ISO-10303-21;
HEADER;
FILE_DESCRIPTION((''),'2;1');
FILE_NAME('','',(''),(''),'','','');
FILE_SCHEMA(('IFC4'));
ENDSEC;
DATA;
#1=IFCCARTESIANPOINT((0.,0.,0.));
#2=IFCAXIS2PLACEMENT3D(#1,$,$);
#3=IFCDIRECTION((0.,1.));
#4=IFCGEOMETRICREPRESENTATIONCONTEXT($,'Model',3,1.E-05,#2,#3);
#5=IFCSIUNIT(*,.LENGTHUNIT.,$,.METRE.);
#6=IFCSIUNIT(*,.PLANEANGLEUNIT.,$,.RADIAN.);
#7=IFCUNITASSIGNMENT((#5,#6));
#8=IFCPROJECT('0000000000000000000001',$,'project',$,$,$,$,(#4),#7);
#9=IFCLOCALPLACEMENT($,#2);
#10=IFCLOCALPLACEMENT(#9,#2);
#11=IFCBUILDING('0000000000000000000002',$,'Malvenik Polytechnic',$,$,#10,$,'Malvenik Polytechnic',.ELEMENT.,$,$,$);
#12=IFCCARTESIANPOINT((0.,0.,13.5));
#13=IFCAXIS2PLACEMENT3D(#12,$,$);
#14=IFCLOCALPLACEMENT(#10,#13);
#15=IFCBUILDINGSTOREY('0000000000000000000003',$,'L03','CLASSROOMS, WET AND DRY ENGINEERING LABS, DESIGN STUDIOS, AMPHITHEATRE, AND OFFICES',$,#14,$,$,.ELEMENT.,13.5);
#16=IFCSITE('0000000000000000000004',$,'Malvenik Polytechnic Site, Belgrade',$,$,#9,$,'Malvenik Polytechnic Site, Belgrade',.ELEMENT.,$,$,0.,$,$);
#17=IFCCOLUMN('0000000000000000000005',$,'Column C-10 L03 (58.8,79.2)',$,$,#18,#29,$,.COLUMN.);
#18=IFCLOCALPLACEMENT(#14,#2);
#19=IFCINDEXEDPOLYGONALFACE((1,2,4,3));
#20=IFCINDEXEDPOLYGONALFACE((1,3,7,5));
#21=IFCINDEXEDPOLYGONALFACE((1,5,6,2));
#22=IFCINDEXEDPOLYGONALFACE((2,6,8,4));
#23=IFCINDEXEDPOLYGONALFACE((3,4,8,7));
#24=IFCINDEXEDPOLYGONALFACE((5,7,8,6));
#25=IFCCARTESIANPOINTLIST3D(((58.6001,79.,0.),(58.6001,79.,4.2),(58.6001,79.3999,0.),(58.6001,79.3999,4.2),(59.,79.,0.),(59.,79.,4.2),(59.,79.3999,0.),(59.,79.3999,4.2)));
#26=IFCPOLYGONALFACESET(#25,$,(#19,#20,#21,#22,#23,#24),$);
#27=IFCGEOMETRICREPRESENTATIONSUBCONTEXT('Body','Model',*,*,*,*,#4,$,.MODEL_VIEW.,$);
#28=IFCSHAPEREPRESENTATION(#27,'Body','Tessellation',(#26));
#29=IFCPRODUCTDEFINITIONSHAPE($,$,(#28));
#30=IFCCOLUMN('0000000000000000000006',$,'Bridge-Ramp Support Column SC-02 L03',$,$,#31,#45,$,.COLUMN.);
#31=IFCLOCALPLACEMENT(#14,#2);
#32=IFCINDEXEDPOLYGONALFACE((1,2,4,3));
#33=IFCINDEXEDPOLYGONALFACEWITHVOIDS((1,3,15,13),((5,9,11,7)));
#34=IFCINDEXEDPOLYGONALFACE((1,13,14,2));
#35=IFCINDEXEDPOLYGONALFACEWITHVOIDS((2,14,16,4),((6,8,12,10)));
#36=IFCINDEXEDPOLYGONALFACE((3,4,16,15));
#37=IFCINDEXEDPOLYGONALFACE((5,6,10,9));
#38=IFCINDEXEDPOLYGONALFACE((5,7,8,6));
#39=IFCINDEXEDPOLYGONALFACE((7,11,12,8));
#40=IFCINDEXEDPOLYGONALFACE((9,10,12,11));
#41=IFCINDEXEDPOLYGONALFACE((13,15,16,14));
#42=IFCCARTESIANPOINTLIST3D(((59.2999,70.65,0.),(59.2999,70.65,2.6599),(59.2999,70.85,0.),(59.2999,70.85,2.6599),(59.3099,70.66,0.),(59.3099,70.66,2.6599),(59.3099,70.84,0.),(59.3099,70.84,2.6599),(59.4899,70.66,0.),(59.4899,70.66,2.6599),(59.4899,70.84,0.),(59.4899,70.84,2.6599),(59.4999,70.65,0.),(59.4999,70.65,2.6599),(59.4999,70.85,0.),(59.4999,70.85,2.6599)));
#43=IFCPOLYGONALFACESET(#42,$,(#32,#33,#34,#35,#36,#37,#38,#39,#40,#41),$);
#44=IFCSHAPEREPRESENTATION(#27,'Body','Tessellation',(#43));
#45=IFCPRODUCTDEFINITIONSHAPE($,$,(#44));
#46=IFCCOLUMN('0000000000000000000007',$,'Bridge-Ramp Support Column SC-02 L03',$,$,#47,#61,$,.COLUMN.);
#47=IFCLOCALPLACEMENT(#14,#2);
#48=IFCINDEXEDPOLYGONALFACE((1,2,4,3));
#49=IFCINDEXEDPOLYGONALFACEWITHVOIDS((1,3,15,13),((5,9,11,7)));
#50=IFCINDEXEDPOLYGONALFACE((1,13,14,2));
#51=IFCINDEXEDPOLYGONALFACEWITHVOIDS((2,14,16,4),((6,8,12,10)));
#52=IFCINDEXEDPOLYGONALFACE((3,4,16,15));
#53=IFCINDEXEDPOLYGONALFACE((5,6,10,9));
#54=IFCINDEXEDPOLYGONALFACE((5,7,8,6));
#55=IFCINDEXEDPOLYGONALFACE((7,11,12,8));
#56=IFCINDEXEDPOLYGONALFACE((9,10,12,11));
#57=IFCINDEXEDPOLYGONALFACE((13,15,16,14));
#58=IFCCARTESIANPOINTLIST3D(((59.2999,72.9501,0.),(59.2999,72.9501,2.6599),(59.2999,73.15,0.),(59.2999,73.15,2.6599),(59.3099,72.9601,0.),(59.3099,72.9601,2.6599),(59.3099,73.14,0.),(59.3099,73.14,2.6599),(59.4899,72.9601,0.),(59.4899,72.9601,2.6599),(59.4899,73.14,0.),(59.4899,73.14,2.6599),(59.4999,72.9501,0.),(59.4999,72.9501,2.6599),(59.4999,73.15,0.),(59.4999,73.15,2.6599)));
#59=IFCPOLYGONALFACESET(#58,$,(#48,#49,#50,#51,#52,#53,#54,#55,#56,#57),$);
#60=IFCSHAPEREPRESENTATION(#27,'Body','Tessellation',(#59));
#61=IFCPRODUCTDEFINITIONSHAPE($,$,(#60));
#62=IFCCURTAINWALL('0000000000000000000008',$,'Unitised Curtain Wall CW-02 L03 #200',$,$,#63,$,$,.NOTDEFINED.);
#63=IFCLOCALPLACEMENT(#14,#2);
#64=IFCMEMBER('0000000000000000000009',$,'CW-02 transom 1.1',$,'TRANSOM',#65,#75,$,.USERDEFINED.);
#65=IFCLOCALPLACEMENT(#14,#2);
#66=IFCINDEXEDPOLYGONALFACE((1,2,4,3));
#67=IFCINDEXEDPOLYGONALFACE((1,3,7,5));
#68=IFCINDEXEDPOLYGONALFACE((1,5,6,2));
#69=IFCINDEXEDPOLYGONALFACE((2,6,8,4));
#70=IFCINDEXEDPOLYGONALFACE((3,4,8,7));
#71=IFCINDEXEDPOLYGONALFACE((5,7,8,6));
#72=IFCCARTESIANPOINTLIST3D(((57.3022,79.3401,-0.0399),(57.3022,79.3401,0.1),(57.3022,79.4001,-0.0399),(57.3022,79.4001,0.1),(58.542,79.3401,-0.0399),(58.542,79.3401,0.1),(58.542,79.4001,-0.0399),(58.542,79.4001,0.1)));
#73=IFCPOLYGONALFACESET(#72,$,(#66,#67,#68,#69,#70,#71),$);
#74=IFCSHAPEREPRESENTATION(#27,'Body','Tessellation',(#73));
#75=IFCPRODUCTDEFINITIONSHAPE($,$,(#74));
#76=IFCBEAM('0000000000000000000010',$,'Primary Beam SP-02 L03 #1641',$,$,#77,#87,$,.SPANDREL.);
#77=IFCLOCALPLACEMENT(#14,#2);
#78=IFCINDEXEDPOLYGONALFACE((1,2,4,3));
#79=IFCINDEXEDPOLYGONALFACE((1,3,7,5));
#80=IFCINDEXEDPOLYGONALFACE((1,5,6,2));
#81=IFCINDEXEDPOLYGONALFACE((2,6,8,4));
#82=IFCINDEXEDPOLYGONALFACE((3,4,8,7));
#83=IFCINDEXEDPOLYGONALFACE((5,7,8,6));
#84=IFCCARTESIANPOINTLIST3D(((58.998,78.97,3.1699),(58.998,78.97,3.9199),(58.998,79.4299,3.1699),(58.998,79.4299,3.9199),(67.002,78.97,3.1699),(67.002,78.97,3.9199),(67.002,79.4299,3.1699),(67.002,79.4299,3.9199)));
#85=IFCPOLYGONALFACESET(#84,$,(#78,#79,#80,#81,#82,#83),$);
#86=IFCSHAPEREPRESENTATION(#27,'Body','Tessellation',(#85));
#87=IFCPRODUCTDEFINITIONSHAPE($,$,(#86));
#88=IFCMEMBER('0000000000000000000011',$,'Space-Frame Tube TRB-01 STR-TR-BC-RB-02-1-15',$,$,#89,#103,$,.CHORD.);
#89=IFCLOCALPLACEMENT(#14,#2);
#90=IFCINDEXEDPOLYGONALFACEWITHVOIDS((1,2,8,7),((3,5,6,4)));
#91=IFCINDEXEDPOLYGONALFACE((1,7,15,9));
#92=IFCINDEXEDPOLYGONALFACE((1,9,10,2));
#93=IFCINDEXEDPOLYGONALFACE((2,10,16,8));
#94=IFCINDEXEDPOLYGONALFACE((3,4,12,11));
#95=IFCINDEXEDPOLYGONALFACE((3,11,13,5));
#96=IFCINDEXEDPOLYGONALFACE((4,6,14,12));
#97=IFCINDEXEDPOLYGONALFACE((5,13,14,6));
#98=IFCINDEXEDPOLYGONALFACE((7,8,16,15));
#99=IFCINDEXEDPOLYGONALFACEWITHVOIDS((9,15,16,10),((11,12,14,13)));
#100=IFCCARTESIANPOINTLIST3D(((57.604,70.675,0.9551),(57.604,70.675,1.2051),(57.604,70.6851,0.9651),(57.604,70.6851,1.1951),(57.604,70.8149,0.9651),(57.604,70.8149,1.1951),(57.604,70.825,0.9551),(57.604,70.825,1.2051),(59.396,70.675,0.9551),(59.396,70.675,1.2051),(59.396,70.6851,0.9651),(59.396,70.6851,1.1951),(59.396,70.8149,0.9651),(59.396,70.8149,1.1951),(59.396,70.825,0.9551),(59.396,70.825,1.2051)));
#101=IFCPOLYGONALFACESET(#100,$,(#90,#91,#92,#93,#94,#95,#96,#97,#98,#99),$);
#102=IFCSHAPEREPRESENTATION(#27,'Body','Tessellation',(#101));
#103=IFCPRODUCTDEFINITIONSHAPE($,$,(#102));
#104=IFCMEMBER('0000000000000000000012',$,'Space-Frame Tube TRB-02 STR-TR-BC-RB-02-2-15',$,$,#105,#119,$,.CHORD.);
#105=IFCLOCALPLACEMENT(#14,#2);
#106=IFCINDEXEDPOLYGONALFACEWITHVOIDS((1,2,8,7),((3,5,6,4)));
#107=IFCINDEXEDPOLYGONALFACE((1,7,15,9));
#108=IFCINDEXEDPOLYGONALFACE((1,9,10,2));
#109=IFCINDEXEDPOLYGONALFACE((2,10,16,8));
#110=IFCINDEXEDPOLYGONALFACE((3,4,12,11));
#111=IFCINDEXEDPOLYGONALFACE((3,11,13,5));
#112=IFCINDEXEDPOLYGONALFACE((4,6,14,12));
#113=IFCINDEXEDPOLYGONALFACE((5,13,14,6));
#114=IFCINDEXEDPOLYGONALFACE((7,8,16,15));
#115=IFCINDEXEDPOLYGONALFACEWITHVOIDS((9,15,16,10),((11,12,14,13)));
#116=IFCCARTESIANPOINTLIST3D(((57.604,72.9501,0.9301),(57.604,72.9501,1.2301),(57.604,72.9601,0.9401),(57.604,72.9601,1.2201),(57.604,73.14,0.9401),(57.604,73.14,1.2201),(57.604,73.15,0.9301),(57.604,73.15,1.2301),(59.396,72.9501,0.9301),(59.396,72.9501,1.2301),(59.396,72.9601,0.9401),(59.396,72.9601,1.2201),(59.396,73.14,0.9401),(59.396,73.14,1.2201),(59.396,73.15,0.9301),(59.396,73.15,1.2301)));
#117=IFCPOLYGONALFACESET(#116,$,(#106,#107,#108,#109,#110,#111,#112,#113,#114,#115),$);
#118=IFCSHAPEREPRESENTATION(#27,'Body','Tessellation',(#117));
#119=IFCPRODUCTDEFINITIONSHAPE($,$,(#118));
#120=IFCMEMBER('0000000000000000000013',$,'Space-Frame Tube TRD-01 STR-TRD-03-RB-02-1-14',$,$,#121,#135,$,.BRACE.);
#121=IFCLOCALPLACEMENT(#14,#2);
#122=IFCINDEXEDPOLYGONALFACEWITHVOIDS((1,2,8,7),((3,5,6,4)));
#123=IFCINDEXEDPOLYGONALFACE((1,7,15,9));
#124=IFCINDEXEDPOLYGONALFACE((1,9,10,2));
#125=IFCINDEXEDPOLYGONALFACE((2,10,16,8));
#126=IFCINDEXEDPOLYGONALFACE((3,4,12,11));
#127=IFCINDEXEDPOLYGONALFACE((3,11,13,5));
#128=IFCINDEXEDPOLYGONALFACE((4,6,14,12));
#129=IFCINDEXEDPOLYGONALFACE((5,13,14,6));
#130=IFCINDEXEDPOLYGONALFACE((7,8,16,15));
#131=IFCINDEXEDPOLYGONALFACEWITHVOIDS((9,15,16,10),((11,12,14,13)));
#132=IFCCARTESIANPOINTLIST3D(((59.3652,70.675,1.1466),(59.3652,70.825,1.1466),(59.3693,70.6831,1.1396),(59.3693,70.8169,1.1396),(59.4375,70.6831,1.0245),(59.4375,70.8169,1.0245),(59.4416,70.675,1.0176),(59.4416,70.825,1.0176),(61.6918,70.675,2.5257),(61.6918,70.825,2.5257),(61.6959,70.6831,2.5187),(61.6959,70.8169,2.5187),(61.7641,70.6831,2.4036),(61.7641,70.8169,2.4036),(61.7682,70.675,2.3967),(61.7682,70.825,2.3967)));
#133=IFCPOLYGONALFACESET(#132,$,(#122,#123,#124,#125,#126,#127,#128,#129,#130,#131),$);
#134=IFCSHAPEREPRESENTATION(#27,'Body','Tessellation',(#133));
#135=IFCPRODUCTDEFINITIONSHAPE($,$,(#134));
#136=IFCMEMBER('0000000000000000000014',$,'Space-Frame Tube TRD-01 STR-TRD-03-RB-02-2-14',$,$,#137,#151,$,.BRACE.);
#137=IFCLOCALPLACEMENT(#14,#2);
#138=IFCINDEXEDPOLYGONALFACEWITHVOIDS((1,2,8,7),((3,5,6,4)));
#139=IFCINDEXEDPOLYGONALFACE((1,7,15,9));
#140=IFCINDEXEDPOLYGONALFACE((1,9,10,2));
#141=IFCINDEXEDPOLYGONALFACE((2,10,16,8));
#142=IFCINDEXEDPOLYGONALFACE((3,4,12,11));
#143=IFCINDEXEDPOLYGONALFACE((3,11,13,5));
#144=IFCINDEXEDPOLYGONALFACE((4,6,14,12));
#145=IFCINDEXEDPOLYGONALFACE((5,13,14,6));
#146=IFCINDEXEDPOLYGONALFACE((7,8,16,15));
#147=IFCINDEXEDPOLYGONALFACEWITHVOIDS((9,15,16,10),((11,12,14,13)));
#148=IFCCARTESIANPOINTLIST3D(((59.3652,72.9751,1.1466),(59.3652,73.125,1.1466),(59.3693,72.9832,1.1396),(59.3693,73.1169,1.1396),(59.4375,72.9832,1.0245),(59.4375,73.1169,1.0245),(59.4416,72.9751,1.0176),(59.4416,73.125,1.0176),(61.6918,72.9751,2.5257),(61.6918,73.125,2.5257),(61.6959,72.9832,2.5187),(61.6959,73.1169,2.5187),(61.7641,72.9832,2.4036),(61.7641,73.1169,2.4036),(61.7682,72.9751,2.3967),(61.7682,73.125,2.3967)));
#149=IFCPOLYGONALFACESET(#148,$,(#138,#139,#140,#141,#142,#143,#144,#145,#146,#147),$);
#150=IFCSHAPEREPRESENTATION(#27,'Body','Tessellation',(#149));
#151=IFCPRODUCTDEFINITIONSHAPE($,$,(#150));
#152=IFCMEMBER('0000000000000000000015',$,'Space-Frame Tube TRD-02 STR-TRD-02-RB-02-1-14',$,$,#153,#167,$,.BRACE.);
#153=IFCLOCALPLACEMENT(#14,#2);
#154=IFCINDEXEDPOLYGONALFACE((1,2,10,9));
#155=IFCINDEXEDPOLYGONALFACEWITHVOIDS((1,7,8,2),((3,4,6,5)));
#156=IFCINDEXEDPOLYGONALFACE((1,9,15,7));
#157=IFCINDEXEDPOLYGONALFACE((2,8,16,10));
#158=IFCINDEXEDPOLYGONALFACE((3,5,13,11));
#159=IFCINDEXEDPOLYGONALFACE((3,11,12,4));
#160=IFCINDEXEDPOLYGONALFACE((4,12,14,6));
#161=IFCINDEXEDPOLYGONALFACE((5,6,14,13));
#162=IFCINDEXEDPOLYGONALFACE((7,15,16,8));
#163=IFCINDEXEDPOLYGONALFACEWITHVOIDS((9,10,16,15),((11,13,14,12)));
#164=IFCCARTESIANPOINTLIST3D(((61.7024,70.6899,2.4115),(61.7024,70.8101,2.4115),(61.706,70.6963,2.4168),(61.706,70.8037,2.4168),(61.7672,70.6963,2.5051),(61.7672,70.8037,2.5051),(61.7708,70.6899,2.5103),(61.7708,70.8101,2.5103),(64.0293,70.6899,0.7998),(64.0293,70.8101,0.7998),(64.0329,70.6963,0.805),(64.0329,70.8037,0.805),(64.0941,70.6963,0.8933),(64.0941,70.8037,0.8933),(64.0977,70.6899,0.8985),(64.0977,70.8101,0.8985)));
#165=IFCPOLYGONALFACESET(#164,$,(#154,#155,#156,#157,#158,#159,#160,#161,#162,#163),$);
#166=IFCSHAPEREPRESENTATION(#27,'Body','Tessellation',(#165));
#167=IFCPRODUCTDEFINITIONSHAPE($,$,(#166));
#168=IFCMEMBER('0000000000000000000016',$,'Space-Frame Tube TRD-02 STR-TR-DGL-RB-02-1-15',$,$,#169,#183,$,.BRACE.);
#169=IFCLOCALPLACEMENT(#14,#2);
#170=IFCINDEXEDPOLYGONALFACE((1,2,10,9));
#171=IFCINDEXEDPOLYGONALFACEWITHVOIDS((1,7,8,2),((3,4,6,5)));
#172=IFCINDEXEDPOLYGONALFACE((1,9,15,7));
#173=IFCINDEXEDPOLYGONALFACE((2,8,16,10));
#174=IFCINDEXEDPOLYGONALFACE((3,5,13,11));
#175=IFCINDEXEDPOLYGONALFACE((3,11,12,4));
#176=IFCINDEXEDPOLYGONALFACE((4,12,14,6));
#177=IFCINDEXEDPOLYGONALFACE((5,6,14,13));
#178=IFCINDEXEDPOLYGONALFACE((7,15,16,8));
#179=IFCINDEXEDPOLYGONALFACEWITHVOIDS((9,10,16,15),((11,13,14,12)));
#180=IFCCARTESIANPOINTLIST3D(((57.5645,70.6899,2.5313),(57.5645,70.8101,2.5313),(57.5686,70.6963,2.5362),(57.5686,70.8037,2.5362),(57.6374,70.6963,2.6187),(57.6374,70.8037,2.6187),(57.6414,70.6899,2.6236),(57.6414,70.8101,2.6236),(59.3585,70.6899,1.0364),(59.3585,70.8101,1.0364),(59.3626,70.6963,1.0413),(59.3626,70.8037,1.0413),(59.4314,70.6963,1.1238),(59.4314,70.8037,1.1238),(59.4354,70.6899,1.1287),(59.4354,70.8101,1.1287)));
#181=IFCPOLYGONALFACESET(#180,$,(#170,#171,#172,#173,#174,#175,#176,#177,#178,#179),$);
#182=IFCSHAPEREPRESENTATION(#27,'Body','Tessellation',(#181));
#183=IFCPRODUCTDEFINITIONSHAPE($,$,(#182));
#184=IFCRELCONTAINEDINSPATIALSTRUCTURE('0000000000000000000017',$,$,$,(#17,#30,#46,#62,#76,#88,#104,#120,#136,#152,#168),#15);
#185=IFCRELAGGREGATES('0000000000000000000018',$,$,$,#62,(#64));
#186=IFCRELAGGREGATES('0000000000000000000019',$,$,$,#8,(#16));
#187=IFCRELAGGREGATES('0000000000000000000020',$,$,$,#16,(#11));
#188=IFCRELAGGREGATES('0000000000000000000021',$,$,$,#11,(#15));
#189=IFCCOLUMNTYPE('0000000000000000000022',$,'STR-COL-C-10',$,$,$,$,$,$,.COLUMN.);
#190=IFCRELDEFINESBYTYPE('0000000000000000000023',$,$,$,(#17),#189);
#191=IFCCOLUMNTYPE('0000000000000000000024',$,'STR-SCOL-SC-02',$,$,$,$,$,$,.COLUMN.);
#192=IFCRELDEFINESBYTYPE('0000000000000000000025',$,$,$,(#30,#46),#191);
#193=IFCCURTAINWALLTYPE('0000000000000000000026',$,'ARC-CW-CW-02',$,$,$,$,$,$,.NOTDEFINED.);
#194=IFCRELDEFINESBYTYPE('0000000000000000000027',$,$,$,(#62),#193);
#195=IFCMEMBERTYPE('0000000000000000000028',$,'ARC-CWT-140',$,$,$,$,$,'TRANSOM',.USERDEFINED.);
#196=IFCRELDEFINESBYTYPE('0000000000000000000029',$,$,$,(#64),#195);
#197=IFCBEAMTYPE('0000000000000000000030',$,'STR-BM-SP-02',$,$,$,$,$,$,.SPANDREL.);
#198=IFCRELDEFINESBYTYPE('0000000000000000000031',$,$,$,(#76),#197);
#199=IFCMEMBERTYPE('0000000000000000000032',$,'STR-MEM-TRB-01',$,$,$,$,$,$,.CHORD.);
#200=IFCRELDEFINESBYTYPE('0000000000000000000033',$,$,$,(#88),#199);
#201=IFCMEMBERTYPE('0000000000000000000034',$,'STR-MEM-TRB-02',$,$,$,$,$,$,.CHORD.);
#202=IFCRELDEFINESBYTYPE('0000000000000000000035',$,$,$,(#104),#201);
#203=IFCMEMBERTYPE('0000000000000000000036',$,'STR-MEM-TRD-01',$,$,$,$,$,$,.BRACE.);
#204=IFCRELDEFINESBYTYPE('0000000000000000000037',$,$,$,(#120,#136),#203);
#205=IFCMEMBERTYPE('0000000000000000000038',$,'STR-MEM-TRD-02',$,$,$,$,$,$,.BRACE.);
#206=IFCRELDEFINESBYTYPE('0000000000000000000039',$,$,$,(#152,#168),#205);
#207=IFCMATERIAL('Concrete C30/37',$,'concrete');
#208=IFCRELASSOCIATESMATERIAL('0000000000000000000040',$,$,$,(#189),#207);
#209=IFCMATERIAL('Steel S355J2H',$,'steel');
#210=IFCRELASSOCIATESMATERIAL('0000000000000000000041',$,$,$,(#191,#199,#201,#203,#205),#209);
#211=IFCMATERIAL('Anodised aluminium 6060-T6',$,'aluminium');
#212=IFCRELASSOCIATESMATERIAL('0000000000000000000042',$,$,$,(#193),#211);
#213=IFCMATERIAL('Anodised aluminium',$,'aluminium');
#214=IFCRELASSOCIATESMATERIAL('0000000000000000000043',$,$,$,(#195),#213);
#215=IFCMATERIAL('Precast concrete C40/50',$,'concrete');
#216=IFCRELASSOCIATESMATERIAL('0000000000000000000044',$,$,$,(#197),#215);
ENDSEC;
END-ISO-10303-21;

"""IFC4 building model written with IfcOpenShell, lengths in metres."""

from ifc_helpers import new_model, si_unit, direction, frame, origin, origin_2d, place, context, subcontext, project, spatial, rectangle, hollow_rectangle, extrude, material, material_profile, profile_set, type_object, element, aggregate, save


model = new_model("IFC4")

# Units and contexts
model_context = context("Model", 3, precision=1e-05, world=origin(), true_north=direction((0.0, 1.0)))
body_context = subcontext(model_context, "Body", "Model", "MODEL_VIEW")
ifc_project = project(units=[si_unit("LENGTHUNIT", "METRE"), si_unit("PLANEANGLEUNIT", "RADIAN")], contexts=[model_context])

# Site, building, storey
site_placement = place(None, origin())
site = spatial("IfcSite", under=ifc_project, at=site_placement, Name="Malvenik Polytechnic Site, Belgrade", LongName="Malvenik Polytechnic Site, Belgrade", CompositionType="ELEMENT", RefElevation=0.0)
building_placement = place(site_placement, origin())
building = spatial("IfcBuilding", under=site, at=building_placement, Name="Malvenik Polytechnic", LongName="Malvenik Polytechnic", CompositionType="ELEMENT")
storey_placement = place(building_placement, frame((0.0, 0.0, 13.5)))
storey = spatial("IfcBuildingStorey", under=building, at=storey_placement, Name="L03", Description="CLASSROOMS, WET AND DRY ENGINEERING LABS, DESIGN STUDIOS, AMPHITHEATRE, AND OFFICES", CompositionType="ELEMENT", Elevation=13.5)

# Columns
ifc_material_1 = material(Name="Concrete C30/37", Category="concrete")
ifc_material_profile_1 = material_profile(ifc_material_1, rectangle(XDim=0.3999, YDim=0.3999, at=origin_2d()), Name="RC COL 400x400")
ifc_profile_set_1 = profile_set([ifc_material_profile_1], Name="Concrete C30/37")
column_type_1 = type_object("IfcColumnType", Name="STR-COL-C-10", PredefinedType="COLUMN", material=ifc_profile_set_1)
column_placement = place(storey_placement, frame((58.8, 79.2, 0.0), z_axis=(0.0, 0.0, 1.0), x_axis=(1.0, 0.0, 0.0)))
element("IfcColumn", 1, at=column_placement, inside=storey, type_object=column_type_1, Name="Column C-10 L03 (58.8,79.2)", PredefinedType="COLUMN", context=body_context, shape_type="SweptSolid", body=[
    extrude(rectangle(XDim=0.3999, YDim=0.3999, at=origin_2d()), origin(), (0.0, 0.0, 1.0), 4.2),
])
ifc_material_2 = material(Name="Steel S355J2H", Category="steel")
ifc_material_profile_2 = material_profile(ifc_material_2, hollow_rectangle(XDim=0.2, YDim=0.2, WallThickness=0.01, at=origin_2d()), Name="SHS 200x200x10.0")
ifc_profile_set_2 = profile_set([ifc_material_profile_2], Name="Steel S355J2H")
column_type_2 = type_object("IfcColumnType", Name="STR-SCOL-SC-02", PredefinedType="COLUMN", material=ifc_profile_set_2)
for number, where, z_axis, x_axis, name in (
    (2, (59.3999, 70.75, 0.0), (0.0, 0.0, 1.0), (1.0, 0.0, 0.0), "Bridge-Ramp Support Column SC-02 L03"),
    (3, (59.3999, 73.05, 0.0), (0.0, 0.0, 1.0), (1.0, 0.0, 0.0), "Bridge-Ramp Support Column SC-02 L03"),
):
    element("IfcColumn", number, at=place(storey_placement, frame(where, z_axis=z_axis, x_axis=x_axis)), inside=storey, type_object=column_type_2, Name=name, PredefinedType="COLUMN", context=body_context, shape_type="SweptSolid", body=[
        extrude(hollow_rectangle(XDim=0.2, YDim=0.2, WallThickness=0.01, at=origin_2d()), origin(), (0.0, 0.0, 1.0), 2.6599),
    ])

# Curtain wall, member
ifc_material_3 = material(Name="Anodised aluminium 6060-T6", Category="aluminium")
curtain_wall_type = type_object("IfcCurtainWallType", Name="ARC-CW-CW-02", PredefinedType="NOTDEFINED", material=ifc_material_3)
curtain_wall_placement = place(storey_placement, origin())
curtain_wall = element("IfcCurtainWall", 4, at=curtain_wall_placement, inside=storey, type_object=curtain_wall_type, Name="Unitised Curtain Wall CW-02 L03 #200", PredefinedType="NOTDEFINED")
ifc_material_4 = material(Name="Anodised aluminium", Category="aluminium")
ifc_material_profile_3 = material_profile(ifc_material_4, rectangle(XDim=0.0601, YDim=0.1399, at=origin_2d()), Name="ALU TRANSOM 60x140")
ifc_profile_set_3 = profile_set([ifc_material_profile_3], Name="Anodised aluminium")
member_type_1 = type_object("IfcMemberType", Name="ARC-CWT-140", ElementType="TRANSOM", PredefinedType="USERDEFINED", material=ifc_profile_set_3)
member_1_placement = place(storey_placement, frame((58.542, 79.3701, 0.03), z_axis=(-1.0, 0.0, 0.0), x_axis=(0.0, -1.0, 0.0)))
member_1 = element("IfcMember", 5, at=member_1_placement, type_object=member_type_1, Name="CW-02 transom 1.1", ObjectType="TRANSOM", PredefinedType="USERDEFINED", context=body_context, shape_type="SweptSolid", body=[
    extrude(rectangle(XDim=0.0601, YDim=0.1399, at=origin_2d()), origin(), (0.0, 0.0, 1.0), 1.2397),
])

# Beam
ifc_material_5 = material(Name="Precast concrete C40/50", Category="concrete")
ifc_material_profile_4 = material_profile(ifc_material_5, rectangle(XDim=0.46, YDim=0.75, at=origin_2d()), Name="PC SPN 460x750")
ifc_profile_set_4 = profile_set([ifc_material_profile_4], Name="Precast concrete C40/50")
beam_type = type_object("IfcBeamType", Name="STR-BM-SP-02", PredefinedType="SPANDREL", material=ifc_profile_set_4)
beam_placement = place(storey_placement, frame((58.998, 79.2, 3.5449), z_axis=(1.0, 0.0, 0.0), x_axis=(0.0, 1.0, 0.0)))
element("IfcBeam", 6, at=beam_placement, inside=storey, type_object=beam_type, Name="Primary Beam SP-02 L03 #1641", PredefinedType="SPANDREL", context=body_context, shape_type="SweptSolid", body=[
    extrude(rectangle(XDim=0.46, YDim=0.75, at=origin_2d()), origin(), (0.0, 0.0, 1.0), 8.0039),
])

# Members
ifc_material_profile_5 = material_profile(ifc_material_2, hollow_rectangle(XDim=0.1499, YDim=0.25, WallThickness=0.01, at=origin_2d()), Name="RHS 250x150x10.0")
ifc_profile_set_5 = profile_set([ifc_material_profile_5], Name="Steel S355J2H")
member_type_2 = type_object("IfcMemberType", Name="STR-MEM-TRB-01", PredefinedType="CHORD", material=ifc_profile_set_5)
member_2_placement = place(storey_placement, frame((59.396, 70.75, 1.0801), z_axis=(-1.0, 0.0, 0.0), x_axis=(0.0, -1.0, 0.0)))
element("IfcMember", 7, at=member_2_placement, inside=storey, type_object=member_type_2, Name="Space-Frame Tube TRB-01 STR-TR-BC-RB-02-1-15", PredefinedType="CHORD", context=body_context, shape_type="SweptSolid", body=[
    extrude(hollow_rectangle(XDim=0.1499, YDim=0.25, WallThickness=0.01, at=origin_2d()), origin(), (0.0, 0.0, 1.0), 1.792),
])
ifc_material_profile_6 = material_profile(ifc_material_2, hollow_rectangle(XDim=0.2, YDim=0.3, WallThickness=0.01, at=origin_2d()), Name="RHS 300x200x10.0")
ifc_profile_set_6 = profile_set([ifc_material_profile_6], Name="Steel S355J2H")
member_type_3 = type_object("IfcMemberType", Name="STR-MEM-TRB-02", PredefinedType="CHORD", material=ifc_profile_set_6)
member_3_placement = place(storey_placement, frame((59.396, 73.05, 1.0801), z_axis=(-1.0, 0.0, 0.0), x_axis=(0.0, -1.0, 0.0)))
element("IfcMember", 8, at=member_3_placement, inside=storey, type_object=member_type_3, Name="Space-Frame Tube TRB-02 STR-TR-BC-RB-02-2-15", PredefinedType="CHORD", context=body_context, shape_type="SweptSolid", body=[
    extrude(hollow_rectangle(XDim=0.2, YDim=0.3, WallThickness=0.01, at=origin_2d()), origin(), (0.0, 0.0, 1.0), 1.792),
])
ifc_material_profile_7 = material_profile(ifc_material_2, hollow_rectangle(XDim=0.1499, YDim=0.1499, WallThickness=0.0081, at=origin_2d()), Name="SHS 150x150x8.0")
ifc_profile_set_7 = profile_set([ifc_material_profile_7], Name="Steel S355J2H")
member_type_4 = type_object("IfcMemberType", Name="STR-MEM-TRD-01", PredefinedType="BRACE", material=ifc_profile_set_7)
for number, where, z_axis, x_axis, name in (
    (9, (61.73, 70.75, 2.4612), (-0.860228, 0.0, -0.509909), (0.0, -1.0, 0.0), "Space-Frame Tube TRD-01 STR-TRD-03-RB-02-1-14"),
    (10, (61.73, 73.05, 2.4612), (-0.860228, 0.0, -0.509909), (0.0, -1.0, 0.0), "Space-Frame Tube TRD-01 STR-TRD-03-RB-02-2-14"),
):
    element("IfcMember", number, at=place(storey_placement, frame(where, z_axis=z_axis, x_axis=x_axis)), inside=storey, type_object=member_type_4, Name=name, PredefinedType="BRACE", context=body_context, shape_type="SweptSolid", body=[
        extrude(hollow_rectangle(XDim=0.1499, YDim=0.1499, WallThickness=0.0081, at=origin_2d()), origin(), (0.0, 0.0, 1.0), 2.7046),
    ])
ifc_material_profile_8 = material_profile(ifc_material_2, hollow_rectangle(XDim=0.1201, YDim=0.1201, WallThickness=0.0063, at=origin_2d()), Name="SHS 120x120x6.3")
ifc_profile_set_8 = profile_set([ifc_material_profile_8], Name="Steel S355J2H")
member_type_5 = type_object("IfcMemberType", Name="STR-MEM-TRD-02", PredefinedType="BRACE", material=ifc_profile_set_8)
member_4_placement = place(storey_placement, frame((64.0635, 70.75, 0.8491), z_axis=(-0.822046, 0.0, 0.569421), x_axis=(0.0, -1.0, 0.0)))
element("IfcMember", 11, at=member_4_placement, inside=storey, type_object=member_type_5, Name="Space-Frame Tube TRD-02 STR-TRD-02-RB-02-1-14", PredefinedType="BRACE", context=body_context, shape_type="SweptSolid", body=[
    extrude(hollow_rectangle(XDim=0.1201, YDim=0.1201, WallThickness=0.0063, at=origin_2d()), origin(), (0.0, 0.0, 1.0), 2.8306),
])
member_5_placement = place(storey_placement, frame((59.397, 70.75, 1.0825), z_axis=(-0.768238, 0.0, 0.640164), x_axis=(0.0, -1.0, 0.0)))
element("IfcMember", 12, at=member_5_placement, inside=storey, type_object=member_type_5, Name="Space-Frame Tube TRD-02 STR-TR-DGL-RB-02-1-15", PredefinedType="BRACE", context=body_context, shape_type="SweptSolid", body=[
    extrude(hollow_rectangle(XDim=0.1201, YDim=0.1201, WallThickness=0.0063, at=origin_2d()), origin(), (0.0, 0.0, 1.0), 2.3352),
])

aggregate(curtain_wall, [member_1])

save(model, "model.ifc")
